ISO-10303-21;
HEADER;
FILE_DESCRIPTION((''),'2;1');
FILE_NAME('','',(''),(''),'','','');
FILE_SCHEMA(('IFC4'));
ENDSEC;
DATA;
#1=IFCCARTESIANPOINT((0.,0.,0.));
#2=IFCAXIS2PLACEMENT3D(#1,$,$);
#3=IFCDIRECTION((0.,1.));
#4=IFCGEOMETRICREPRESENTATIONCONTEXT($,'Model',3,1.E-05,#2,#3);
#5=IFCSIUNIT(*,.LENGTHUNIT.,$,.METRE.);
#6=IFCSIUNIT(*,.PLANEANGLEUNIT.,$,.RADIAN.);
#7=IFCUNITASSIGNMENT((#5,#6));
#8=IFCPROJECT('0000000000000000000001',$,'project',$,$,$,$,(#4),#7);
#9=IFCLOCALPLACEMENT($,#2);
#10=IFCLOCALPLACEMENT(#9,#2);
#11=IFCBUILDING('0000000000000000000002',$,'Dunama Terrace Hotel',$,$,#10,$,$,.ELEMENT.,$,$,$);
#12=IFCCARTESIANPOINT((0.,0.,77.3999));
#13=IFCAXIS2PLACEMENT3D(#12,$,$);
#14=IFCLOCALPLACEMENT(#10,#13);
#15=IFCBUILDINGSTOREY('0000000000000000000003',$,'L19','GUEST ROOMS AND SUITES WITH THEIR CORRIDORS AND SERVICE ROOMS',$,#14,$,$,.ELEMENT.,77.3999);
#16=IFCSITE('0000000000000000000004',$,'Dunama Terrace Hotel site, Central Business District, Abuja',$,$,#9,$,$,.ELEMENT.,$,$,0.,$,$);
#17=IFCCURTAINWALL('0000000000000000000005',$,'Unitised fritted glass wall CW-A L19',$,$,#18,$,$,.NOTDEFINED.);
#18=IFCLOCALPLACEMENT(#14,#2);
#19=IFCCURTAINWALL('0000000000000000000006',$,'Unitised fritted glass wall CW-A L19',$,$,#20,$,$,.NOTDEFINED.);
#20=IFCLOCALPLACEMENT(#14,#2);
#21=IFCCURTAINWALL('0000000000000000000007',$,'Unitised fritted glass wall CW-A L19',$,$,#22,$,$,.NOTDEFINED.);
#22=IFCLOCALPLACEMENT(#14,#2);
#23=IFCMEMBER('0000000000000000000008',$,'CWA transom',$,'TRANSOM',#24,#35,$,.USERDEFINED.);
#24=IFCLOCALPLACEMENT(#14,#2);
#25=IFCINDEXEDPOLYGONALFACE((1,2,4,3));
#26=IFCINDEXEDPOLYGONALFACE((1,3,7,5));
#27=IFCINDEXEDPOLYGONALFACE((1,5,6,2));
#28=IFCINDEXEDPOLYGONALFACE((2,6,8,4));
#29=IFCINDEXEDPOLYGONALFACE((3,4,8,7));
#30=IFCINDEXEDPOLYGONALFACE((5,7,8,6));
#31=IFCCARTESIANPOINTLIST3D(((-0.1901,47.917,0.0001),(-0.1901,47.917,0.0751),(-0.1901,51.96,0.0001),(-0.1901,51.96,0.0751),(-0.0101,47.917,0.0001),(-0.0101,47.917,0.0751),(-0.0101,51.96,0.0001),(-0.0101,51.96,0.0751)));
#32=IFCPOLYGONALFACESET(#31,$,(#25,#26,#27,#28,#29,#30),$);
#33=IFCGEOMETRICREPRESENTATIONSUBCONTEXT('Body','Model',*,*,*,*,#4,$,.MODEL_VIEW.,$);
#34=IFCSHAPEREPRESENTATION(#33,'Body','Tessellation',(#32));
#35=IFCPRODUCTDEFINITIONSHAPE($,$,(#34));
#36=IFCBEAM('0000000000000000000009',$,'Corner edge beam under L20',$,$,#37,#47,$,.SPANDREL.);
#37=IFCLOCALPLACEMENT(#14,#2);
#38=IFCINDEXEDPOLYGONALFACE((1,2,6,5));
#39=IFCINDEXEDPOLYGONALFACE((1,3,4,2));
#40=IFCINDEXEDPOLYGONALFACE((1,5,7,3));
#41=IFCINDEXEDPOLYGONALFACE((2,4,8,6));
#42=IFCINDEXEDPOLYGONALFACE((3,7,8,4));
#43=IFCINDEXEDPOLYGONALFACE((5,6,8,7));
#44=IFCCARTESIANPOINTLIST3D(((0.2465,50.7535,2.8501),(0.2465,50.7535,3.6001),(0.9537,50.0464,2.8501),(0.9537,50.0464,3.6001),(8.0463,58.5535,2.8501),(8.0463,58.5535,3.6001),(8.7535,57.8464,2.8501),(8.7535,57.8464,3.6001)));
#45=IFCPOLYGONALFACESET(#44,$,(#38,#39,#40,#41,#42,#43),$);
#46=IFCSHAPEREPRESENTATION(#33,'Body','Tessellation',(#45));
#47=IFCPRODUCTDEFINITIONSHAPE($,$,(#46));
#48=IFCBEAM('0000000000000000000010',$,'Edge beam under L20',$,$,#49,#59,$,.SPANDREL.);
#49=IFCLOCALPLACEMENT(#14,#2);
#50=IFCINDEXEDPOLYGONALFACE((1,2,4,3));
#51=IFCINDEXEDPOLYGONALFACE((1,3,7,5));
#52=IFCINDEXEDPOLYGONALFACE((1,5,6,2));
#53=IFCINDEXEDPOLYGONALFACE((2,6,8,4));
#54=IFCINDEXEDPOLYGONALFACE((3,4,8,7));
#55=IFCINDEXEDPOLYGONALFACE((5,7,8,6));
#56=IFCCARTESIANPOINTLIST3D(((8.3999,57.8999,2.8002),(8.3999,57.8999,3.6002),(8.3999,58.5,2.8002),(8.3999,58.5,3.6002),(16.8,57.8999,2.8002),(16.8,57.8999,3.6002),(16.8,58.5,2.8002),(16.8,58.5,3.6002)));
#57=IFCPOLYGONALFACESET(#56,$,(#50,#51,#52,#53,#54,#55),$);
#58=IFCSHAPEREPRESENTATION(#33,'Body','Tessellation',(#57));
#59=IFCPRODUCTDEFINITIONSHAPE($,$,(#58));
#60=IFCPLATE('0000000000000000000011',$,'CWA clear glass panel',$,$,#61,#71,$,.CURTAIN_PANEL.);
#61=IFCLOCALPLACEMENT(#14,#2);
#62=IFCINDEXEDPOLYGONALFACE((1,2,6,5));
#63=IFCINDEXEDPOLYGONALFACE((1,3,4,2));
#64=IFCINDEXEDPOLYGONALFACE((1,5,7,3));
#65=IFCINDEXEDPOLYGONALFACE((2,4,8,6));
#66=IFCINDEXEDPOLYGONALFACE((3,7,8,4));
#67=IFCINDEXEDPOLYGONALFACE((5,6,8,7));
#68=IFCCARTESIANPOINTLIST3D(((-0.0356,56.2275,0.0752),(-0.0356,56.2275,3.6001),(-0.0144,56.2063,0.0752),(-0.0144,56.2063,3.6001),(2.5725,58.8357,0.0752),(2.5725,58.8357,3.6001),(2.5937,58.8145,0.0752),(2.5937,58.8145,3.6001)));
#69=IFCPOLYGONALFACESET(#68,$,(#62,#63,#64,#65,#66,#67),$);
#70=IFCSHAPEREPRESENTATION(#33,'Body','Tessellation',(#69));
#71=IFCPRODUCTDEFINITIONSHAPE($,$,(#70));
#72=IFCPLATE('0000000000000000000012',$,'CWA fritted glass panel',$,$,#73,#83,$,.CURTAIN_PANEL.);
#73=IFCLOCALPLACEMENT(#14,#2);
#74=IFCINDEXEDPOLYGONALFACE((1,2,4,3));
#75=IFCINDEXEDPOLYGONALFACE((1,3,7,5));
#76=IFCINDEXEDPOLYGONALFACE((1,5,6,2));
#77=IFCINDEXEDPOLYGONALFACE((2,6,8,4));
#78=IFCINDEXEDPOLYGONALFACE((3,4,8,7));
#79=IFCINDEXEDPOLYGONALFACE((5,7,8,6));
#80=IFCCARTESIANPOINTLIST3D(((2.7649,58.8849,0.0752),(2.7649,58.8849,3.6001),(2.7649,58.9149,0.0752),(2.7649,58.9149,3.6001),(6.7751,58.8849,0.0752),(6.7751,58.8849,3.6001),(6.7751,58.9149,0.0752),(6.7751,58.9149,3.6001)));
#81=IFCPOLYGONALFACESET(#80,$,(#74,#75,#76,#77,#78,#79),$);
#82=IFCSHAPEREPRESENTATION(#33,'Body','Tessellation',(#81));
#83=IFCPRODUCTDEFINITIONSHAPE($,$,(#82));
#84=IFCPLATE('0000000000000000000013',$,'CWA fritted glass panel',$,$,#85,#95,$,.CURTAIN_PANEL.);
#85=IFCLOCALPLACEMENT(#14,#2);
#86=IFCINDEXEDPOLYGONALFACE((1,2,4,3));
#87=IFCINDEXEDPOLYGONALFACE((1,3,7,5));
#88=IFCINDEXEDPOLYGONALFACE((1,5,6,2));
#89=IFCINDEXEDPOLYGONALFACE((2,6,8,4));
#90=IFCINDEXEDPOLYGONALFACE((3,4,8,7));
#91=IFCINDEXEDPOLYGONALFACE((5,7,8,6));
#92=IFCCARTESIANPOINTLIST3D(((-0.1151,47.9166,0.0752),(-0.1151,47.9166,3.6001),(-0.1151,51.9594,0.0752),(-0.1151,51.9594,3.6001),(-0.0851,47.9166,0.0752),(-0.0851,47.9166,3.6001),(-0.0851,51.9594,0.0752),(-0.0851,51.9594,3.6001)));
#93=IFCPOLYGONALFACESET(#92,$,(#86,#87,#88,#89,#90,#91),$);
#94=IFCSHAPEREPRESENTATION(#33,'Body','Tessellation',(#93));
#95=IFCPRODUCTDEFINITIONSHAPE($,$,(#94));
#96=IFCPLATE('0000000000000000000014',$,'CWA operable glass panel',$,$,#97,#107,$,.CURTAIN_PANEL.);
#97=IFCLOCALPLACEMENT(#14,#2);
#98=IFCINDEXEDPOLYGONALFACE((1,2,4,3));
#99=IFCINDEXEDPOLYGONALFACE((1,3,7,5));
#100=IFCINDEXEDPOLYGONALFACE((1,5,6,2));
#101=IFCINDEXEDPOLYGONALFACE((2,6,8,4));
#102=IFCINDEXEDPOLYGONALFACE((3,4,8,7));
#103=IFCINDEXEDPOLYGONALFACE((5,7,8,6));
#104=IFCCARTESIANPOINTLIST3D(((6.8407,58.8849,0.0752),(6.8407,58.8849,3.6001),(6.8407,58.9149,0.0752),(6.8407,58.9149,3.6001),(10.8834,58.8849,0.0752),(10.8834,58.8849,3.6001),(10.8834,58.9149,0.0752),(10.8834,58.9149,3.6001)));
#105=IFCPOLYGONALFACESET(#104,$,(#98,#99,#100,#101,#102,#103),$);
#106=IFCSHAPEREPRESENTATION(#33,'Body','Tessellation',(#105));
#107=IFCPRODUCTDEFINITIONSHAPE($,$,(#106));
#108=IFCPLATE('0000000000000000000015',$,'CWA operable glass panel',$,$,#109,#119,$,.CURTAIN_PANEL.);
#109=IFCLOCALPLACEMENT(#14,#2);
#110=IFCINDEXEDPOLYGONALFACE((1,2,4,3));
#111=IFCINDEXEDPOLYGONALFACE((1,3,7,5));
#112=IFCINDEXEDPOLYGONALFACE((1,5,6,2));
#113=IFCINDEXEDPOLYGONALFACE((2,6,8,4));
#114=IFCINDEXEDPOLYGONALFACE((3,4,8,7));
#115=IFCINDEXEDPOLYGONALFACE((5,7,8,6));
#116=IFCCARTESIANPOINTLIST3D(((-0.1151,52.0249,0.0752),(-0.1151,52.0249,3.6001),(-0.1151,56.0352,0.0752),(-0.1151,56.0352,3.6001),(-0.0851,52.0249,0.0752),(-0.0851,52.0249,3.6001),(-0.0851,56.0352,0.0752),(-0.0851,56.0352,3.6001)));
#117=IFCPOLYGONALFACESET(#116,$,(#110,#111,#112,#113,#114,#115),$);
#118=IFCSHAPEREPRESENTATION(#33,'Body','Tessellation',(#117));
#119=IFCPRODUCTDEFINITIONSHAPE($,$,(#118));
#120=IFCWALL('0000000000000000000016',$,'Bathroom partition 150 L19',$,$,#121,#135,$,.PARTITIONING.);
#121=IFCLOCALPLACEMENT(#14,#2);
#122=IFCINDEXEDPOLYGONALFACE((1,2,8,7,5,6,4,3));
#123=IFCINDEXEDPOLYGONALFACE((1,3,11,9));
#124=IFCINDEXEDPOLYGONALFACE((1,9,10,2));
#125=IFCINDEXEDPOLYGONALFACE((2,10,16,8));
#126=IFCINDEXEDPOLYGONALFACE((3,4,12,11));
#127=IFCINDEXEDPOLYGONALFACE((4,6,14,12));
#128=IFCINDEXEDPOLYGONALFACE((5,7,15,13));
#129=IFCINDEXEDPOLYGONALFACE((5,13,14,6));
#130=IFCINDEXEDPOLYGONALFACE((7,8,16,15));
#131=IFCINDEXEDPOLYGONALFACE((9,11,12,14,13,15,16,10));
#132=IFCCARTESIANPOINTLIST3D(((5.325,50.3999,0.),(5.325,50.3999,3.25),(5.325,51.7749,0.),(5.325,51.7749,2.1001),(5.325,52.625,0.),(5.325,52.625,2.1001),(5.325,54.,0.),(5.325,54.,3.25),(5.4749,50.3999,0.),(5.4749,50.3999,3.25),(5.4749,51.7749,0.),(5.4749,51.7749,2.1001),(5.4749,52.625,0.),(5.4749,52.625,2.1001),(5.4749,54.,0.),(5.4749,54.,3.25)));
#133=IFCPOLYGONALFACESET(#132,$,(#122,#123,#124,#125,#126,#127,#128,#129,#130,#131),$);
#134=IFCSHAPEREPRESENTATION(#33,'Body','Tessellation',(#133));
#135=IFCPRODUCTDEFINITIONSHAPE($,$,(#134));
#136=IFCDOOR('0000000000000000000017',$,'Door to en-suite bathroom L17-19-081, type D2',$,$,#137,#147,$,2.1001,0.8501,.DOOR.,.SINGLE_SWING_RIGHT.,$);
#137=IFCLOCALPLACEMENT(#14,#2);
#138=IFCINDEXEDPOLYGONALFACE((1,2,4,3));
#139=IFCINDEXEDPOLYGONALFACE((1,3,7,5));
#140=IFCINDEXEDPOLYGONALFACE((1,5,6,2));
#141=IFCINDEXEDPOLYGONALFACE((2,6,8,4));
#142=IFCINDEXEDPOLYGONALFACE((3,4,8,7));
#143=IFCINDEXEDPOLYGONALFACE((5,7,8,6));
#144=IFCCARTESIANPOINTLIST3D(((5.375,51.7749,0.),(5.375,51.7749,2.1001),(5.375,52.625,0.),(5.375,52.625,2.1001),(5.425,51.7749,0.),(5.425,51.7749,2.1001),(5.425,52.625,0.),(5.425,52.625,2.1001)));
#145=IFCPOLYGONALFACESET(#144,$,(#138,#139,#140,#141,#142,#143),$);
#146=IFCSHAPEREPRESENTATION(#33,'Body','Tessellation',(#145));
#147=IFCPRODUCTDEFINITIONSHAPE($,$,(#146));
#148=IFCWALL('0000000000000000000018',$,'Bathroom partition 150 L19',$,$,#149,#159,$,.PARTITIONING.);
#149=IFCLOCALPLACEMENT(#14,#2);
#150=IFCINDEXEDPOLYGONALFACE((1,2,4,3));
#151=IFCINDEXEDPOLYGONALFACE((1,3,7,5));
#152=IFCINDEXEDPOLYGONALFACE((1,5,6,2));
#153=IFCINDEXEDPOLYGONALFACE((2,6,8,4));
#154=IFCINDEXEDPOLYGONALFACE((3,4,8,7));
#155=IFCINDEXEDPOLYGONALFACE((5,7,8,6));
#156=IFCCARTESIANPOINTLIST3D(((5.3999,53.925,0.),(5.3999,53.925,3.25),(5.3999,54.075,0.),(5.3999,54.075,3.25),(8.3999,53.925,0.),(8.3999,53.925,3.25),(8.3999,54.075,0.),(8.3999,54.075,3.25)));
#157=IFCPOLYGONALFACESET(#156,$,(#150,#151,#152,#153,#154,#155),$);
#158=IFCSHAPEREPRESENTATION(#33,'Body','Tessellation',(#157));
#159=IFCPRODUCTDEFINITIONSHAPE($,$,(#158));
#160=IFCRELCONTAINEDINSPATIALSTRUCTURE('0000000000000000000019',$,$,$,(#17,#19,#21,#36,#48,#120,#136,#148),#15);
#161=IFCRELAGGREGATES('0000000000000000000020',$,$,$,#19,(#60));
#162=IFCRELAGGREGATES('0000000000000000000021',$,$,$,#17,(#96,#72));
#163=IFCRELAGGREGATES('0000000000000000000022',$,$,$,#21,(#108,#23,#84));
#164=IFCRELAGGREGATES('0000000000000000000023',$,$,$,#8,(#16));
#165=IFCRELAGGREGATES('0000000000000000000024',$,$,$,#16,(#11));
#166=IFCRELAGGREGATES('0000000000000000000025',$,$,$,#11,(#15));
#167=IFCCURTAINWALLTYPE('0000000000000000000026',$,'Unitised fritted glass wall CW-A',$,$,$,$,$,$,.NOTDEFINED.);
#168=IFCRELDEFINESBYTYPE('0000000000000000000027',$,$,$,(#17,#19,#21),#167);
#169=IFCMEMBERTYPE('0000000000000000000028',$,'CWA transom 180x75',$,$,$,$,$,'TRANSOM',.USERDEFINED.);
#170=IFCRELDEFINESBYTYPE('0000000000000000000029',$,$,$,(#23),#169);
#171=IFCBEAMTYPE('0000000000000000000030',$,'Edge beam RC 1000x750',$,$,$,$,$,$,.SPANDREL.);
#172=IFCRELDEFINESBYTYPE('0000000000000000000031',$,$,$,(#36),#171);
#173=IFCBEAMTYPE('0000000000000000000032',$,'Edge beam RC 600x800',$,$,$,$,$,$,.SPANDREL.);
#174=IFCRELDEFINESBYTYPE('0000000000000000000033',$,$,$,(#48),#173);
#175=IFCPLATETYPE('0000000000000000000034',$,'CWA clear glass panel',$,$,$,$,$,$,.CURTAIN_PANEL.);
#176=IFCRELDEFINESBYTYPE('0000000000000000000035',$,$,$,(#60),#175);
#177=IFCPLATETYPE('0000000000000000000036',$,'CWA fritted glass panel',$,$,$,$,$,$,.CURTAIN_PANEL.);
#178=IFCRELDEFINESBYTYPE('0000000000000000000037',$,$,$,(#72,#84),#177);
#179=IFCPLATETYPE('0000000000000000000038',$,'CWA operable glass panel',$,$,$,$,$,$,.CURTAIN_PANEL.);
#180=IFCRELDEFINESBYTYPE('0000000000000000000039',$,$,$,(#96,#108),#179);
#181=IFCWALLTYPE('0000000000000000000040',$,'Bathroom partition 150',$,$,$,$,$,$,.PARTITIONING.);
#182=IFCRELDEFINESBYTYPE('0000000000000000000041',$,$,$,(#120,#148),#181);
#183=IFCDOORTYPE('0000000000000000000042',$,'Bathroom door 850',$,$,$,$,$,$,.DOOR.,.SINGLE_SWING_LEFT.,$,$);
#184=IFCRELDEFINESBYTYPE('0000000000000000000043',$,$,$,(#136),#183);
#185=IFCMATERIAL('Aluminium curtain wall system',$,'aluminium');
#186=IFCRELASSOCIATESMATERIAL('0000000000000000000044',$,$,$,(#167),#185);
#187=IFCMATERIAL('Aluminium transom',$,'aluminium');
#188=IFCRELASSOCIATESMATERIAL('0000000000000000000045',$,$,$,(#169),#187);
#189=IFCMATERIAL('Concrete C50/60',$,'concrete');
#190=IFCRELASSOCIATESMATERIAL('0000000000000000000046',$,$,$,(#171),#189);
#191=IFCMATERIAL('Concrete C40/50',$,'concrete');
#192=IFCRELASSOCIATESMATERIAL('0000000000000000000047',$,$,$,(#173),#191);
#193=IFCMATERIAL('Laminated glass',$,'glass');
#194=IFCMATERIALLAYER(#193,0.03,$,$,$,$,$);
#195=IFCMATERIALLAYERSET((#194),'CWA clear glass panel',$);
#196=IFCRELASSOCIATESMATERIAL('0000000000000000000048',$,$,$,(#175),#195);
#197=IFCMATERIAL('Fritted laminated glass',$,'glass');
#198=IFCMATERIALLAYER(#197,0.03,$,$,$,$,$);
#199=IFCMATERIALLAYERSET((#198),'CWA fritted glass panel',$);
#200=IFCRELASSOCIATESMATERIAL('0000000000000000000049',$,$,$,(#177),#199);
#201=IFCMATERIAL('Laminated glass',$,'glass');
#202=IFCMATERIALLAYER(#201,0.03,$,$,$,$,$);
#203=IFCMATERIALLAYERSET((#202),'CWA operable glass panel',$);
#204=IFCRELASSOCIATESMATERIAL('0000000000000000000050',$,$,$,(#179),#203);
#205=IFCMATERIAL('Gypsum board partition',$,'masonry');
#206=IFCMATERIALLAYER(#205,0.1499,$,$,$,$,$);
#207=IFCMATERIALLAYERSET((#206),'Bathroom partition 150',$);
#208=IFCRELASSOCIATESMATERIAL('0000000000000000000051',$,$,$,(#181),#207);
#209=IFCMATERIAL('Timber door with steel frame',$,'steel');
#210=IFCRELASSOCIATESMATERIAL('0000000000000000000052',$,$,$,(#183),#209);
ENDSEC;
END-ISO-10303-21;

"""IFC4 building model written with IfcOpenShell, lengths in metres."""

from ifc_helpers import new_model, si_unit, direction, frame, frame_2d, origin, origin_2d, place, context, subcontext, project, spatial, rectangle, extrude, material, layer, layer_set, material_profile, profile_set, type_object, element, fill, aggregate, save


model = new_model("IFC4")

# Units and contexts
model_context = context("Model", 3, precision=1e-05, world=origin(), true_north=direction((0.0, 1.0)))
body_context = subcontext(model_context, "Body", "Model", "MODEL_VIEW")
ifc_project = project(units=[si_unit("LENGTHUNIT", "METRE"), si_unit("PLANEANGLEUNIT", "RADIAN")], contexts=[model_context])

# Site, building, storey
site_placement = place(None, origin())
site = spatial("IfcSite", under=ifc_project, at=site_placement, Name="Dunama Terrace Hotel site, Central Business District, Abuja", CompositionType="ELEMENT", RefElevation=0.0)
building_placement = place(site_placement, origin())
building = spatial("IfcBuilding", under=site, at=building_placement, Name="Dunama Terrace Hotel", CompositionType="ELEMENT")
storey_placement = place(building_placement, frame((0.0, 0.0, 77.3999)))
storey = spatial("IfcBuildingStorey", under=building, at=storey_placement, Name="L19", Description="GUEST ROOMS AND SUITES WITH THEIR CORRIDORS AND SERVICE ROOMS", CompositionType="ELEMENT", Elevation=77.3999)

# Curtain walls
ifc_material_1 = material(Name="Aluminium curtain wall system", Category="aluminium")
curtain_wall_type = type_object("IfcCurtainWallType", Name="Unitised fritted glass wall CW-A", PredefinedType="NOTDEFINED", material=ifc_material_1)
curtain_wall_1_placement = place(storey_placement, origin())
curtain_wall_1 = element("IfcCurtainWall", 1, at=curtain_wall_1_placement, inside=storey, type_object=curtain_wall_type, Name="Unitised fritted glass wall CW-A L19", PredefinedType="NOTDEFINED")
curtain_wall_2_placement = place(storey_placement, origin())
curtain_wall_2 = element("IfcCurtainWall", 2, at=curtain_wall_2_placement, inside=storey, type_object=curtain_wall_type, Name="Unitised fritted glass wall CW-A L19", PredefinedType="NOTDEFINED")
curtain_wall_3_placement = place(storey_placement, origin())
curtain_wall_3 = element("IfcCurtainWall", 3, at=curtain_wall_3_placement, inside=storey, type_object=curtain_wall_type, Name="Unitised fritted glass wall CW-A L19", PredefinedType="NOTDEFINED")

# Member
ifc_material_2 = material(Name="Aluminium transom", Category="aluminium")
ifc_material_profile_1 = material_profile(ifc_material_2, rectangle(XDim=0.1799, YDim=0.075, at=origin_2d()), Name="CWA TRANSOM 180X75")
ifc_profile_set_1 = profile_set([ifc_material_profile_1], Name="Aluminium transom")
member_type_1 = type_object("IfcMemberType", Name="CWA transom 180x75", ElementType="TRANSOM", PredefinedType="USERDEFINED", material=ifc_profile_set_1)
member_1_placement = place(storey_placement, frame((-0.1001, 51.96, 0.0376), z_axis=(0.0, -1.0, 0.0), x_axis=(1.0, 0.0, 0.0)))
member_1 = element("IfcMember", 4, at=member_1_placement, type_object=member_type_1, Name="CWA transom", ObjectType="TRANSOM", PredefinedType="USERDEFINED", context=body_context, shape_type="SweptSolid", body=[
    extrude(rectangle(XDim=0.1799, YDim=0.075, at=origin_2d()), origin(), (0.0, 0.0, 1.0), 4.043),
])

# Beams
ifc_material_3 = material(Name="Concrete C50/60", Category="concrete")
ifc_material_profile_2 = material_profile(ifc_material_3, rectangle(XDim=1.0, YDim=0.75, at=origin_2d()), Name="RC 1000x750")
ifc_profile_set_2 = profile_set([ifc_material_profile_2], Name="Concrete C50/60")
beam_type_1 = type_object("IfcBeamType", Name="Edge beam RC 1000x750", PredefinedType="SPANDREL", material=ifc_profile_set_2)
beam_1_placement = place(storey_placement, frame((8.3999, 58.2, 3.2251), z_axis=(-0.707096, -0.707118, 0.0), x_axis=(0.707118, -0.707096, 0.0)))
element("IfcBeam", 5, at=beam_1_placement, inside=storey, type_object=beam_type_1, Name="Corner edge beam under L20", PredefinedType="SPANDREL", context=body_context, shape_type="SweptSolid", body=[
    extrude(rectangle(XDim=1.0, YDim=0.75, at=origin_2d()), origin(), (0.0, 0.0, 1.0), 11.0308),
])
ifc_material_4 = material(Name="Concrete C40/50", Category="concrete")
ifc_material_profile_3 = material_profile(ifc_material_4, rectangle(XDim=0.6001, YDim=0.8, at=origin_2d()), Name="RC 600x800")
ifc_profile_set_3 = profile_set([ifc_material_profile_3], Name="Concrete C40/50")
beam_type_2 = type_object("IfcBeamType", Name="Edge beam RC 600x800", PredefinedType="SPANDREL", material=ifc_profile_set_3)
beam_2_placement = place(storey_placement, frame((8.3999, 58.2, 3.2002), z_axis=(1.0, 0.0, 0.0), x_axis=(0.0, 1.0, 0.0)))
element("IfcBeam", 6, at=beam_2_placement, inside=storey, type_object=beam_type_2, Name="Edge beam under L20", PredefinedType="SPANDREL", context=body_context, shape_type="SweptSolid", body=[
    extrude(rectangle(XDim=0.6001, YDim=0.8, at=origin_2d()), origin(), (0.0, 0.0, 1.0), 8.4001),
])

# Plates
ifc_material_5 = material(Name="Laminated glass", Category="glass")
ifc_layer_1 = layer(ifc_material_5, 0.03)
ifc_layer_set_1 = layer_set([ifc_layer_1], Name="CWA clear glass panel")
plate_type_1 = type_object("IfcPlateType", Name="CWA clear glass panel", PredefinedType="CURTAIN_PANEL", material=ifc_layer_set_1)
plate_1_placement = place(storey_placement, frame((1.2791, 57.521, 0.0752), z_axis=(0.0, 0.0, 1.0), x_axis=(-0.707107, -0.707107, 0.0)))
plate_1 = element("IfcPlate", 7, at=plate_1_placement, type_object=plate_type_1, Name="CWA clear glass panel", PredefinedType="CURTAIN_PANEL", context=body_context, shape_type="SweptSolid", body=[
    extrude(rectangle(XDim=3.6885, YDim=0.03, at=origin_2d()), origin(), (0.0, 0.0, 1.0), 3.5249),
])
aggregate(curtain_wall_2, [plate_1])
ifc_material_6 = material(Name="Fritted laminated glass", Category="glass")
ifc_layer_2 = layer(ifc_material_6, 0.03)
ifc_layer_set_2 = layer_set([ifc_layer_2], Name="CWA fritted glass panel")
plate_type_2 = type_object("IfcPlateType", Name="CWA fritted glass panel", PredefinedType="CURTAIN_PANEL", material=ifc_layer_set_2)
plate_2_placement = place(storey_placement, frame((4.77, 58.8999, 0.0752), z_axis=(0.0, 0.0, 1.0), x_axis=(-1.0, 0.0, 0.0)))
plate_2 = element("IfcPlate", 8, at=plate_2_placement, type_object=plate_type_2, Name="CWA fritted glass panel", PredefinedType="CURTAIN_PANEL", context=body_context, shape_type="SweptSolid", body=[
    extrude(rectangle(XDim=4.0103, YDim=0.03, at=origin_2d()), origin(), (0.0, 0.0, 1.0), 3.5249),
])
plate_3_placement = place(storey_placement, frame((-0.1001, 49.938, 0.0752), z_axis=(0.0, 0.0, 1.0), x_axis=(0.0, -1.0, 0.0)))
plate_3 = element("IfcPlate", 9, at=plate_3_placement, type_object=plate_type_2, Name="CWA fritted glass panel", PredefinedType="CURTAIN_PANEL", context=body_context, shape_type="SweptSolid", body=[
    extrude(rectangle(XDim=4.0427, YDim=0.03, at=origin_2d()), origin(), (0.0, 0.0, 1.0), 3.5249),
])
ifc_material_7 = material(Name="Laminated glass", Category="glass")
ifc_layer_3 = layer(ifc_material_7, 0.03)
ifc_layer_set_3 = layer_set([ifc_layer_3], Name="CWA operable glass panel")
plate_type_3 = type_object("IfcPlateType", Name="CWA operable glass panel", PredefinedType="CURTAIN_PANEL", material=ifc_layer_set_3)
plate_4_placement = place(storey_placement, frame((8.8621, 58.8999, 0.0752), z_axis=(0.0, 0.0, 1.0), x_axis=(-1.0, 0.0, 0.0)))
plate_4 = element("IfcPlate", 10, at=plate_4_placement, type_object=plate_type_3, Name="CWA operable glass panel", PredefinedType="CURTAIN_PANEL", context=body_context, shape_type="SweptSolid", body=[
    extrude(rectangle(XDim=4.0427, YDim=0.03, at=origin_2d()), origin(), (0.0, 0.0, 1.0), 3.5249),
])
aggregate(curtain_wall_1, [plate_4, plate_2])
plate_5_placement = place(storey_placement, frame((-0.1001, 54.03, 0.0752), z_axis=(0.0, 0.0, 1.0), x_axis=(0.0, -1.0, 0.0)))
plate_5 = element("IfcPlate", 11, at=plate_5_placement, type_object=plate_type_3, Name="CWA operable glass panel", PredefinedType="CURTAIN_PANEL", context=body_context, shape_type="SweptSolid", body=[
    extrude(rectangle(XDim=4.0103, YDim=0.03, at=origin_2d()), origin(), (0.0, 0.0, 1.0), 3.5249),
])
aggregate(curtain_wall_3, [plate_5, member_1, plate_3])

# Wall, opening, door
ifc_material_8 = material(Name="Gypsum board partition", Category="masonry")
ifc_layer_4 = layer(ifc_material_8, 0.1499)
ifc_layer_set_4 = layer_set([ifc_layer_4], Name="Bathroom partition 150")
wall_type_1 = type_object("IfcWallType", Name="Bathroom partition 150", PredefinedType="PARTITIONING", material=ifc_layer_set_4)
wall_1_placement = place(storey_placement, frame((5.3999, 50.3999, 0.0), z_axis=(0.0, 0.0, 1.0), x_axis=(0.0, 1.0, 0.0)))
wall_1 = element("IfcWall", 12, at=wall_1_placement, inside=storey, type_object=wall_type_1, Name="Bathroom partition 150 L19", PredefinedType="PARTITIONING", context=body_context, shape_type="SweptSolid", body=[
    extrude(rectangle(XDim=3.6001, YDim=0.1499, at=frame_2d((1.8, 0.0))), origin(), (0.0, 0.0, 1.0), 3.25),
])
opening_1_placement = place(wall_1_placement, frame((1.375, 0.0, 0.0)))
opening_1 = element("IfcOpeningElement", 13, at=opening_1_placement, cuts=wall_1, PredefinedType="OPENING", context=body_context, shape_type="SweptSolid", body=[
    extrude(rectangle(XDim=0.8501, YDim=2.1001, at=frame_2d((0.425, 1.05))), frame((0.0, 0.085, 0.0), z_axis=(0.0, -1.0, 0.0), x_axis=(1.0, 0.0, 0.0)), (0.0, 0.0, 1.0), 0.1699),
])
ifc_material_9 = material(Name="Timber door with steel frame", Category="steel")
door_type_1 = type_object("IfcDoorType", Name="Bathroom door 850", OperationType="SINGLE_SWING_LEFT", PredefinedType="DOOR", material=ifc_material_9)
door_1_placement = place(opening_1_placement, frame((0.8501, 0.0, 0.0), z_axis=(0.0, 0.0, 1.0), x_axis=(-1.0, 0.0, 0.0)))
door_1 = element("IfcDoor", 14, at=door_1_placement, inside=storey, type_object=door_type_1, Name="Door to en-suite bathroom L17-19-081, type D2", OperationType="SINGLE_SWING_RIGHT", OverallHeight=2.1001, OverallWidth=0.8501, PredefinedType="DOOR", context=body_context, shape_type="SweptSolid", body=[
    extrude(rectangle(XDim=0.8501, YDim=2.1001, at=frame_2d((0.425, 1.05))), frame((0.0, 0.0251, 0.0), z_axis=(0.0, -1.0, 0.0), x_axis=(1.0, 0.0, 0.0)), (0.0, 0.0, 1.0), 0.05),
])
fill(opening_1, door_1)

# Wall
wall_2_placement = place(storey_placement, frame((5.3999, 54.0, 0.0), z_axis=(0.0, 0.0, 1.0), x_axis=(1.0, 0.0, 0.0)))
element("IfcWall", 15, at=wall_2_placement, inside=storey, type_object=wall_type_1, Name="Bathroom partition 150 L19", PredefinedType="PARTITIONING", context=body_context, shape_type="SweptSolid", body=[
    extrude(rectangle(XDim=3.0, YDim=0.1499, at=frame_2d((1.5, 0.0))), origin(), (0.0, 0.0, 1.0), 3.25),
])

save(model, "model.ifc")
